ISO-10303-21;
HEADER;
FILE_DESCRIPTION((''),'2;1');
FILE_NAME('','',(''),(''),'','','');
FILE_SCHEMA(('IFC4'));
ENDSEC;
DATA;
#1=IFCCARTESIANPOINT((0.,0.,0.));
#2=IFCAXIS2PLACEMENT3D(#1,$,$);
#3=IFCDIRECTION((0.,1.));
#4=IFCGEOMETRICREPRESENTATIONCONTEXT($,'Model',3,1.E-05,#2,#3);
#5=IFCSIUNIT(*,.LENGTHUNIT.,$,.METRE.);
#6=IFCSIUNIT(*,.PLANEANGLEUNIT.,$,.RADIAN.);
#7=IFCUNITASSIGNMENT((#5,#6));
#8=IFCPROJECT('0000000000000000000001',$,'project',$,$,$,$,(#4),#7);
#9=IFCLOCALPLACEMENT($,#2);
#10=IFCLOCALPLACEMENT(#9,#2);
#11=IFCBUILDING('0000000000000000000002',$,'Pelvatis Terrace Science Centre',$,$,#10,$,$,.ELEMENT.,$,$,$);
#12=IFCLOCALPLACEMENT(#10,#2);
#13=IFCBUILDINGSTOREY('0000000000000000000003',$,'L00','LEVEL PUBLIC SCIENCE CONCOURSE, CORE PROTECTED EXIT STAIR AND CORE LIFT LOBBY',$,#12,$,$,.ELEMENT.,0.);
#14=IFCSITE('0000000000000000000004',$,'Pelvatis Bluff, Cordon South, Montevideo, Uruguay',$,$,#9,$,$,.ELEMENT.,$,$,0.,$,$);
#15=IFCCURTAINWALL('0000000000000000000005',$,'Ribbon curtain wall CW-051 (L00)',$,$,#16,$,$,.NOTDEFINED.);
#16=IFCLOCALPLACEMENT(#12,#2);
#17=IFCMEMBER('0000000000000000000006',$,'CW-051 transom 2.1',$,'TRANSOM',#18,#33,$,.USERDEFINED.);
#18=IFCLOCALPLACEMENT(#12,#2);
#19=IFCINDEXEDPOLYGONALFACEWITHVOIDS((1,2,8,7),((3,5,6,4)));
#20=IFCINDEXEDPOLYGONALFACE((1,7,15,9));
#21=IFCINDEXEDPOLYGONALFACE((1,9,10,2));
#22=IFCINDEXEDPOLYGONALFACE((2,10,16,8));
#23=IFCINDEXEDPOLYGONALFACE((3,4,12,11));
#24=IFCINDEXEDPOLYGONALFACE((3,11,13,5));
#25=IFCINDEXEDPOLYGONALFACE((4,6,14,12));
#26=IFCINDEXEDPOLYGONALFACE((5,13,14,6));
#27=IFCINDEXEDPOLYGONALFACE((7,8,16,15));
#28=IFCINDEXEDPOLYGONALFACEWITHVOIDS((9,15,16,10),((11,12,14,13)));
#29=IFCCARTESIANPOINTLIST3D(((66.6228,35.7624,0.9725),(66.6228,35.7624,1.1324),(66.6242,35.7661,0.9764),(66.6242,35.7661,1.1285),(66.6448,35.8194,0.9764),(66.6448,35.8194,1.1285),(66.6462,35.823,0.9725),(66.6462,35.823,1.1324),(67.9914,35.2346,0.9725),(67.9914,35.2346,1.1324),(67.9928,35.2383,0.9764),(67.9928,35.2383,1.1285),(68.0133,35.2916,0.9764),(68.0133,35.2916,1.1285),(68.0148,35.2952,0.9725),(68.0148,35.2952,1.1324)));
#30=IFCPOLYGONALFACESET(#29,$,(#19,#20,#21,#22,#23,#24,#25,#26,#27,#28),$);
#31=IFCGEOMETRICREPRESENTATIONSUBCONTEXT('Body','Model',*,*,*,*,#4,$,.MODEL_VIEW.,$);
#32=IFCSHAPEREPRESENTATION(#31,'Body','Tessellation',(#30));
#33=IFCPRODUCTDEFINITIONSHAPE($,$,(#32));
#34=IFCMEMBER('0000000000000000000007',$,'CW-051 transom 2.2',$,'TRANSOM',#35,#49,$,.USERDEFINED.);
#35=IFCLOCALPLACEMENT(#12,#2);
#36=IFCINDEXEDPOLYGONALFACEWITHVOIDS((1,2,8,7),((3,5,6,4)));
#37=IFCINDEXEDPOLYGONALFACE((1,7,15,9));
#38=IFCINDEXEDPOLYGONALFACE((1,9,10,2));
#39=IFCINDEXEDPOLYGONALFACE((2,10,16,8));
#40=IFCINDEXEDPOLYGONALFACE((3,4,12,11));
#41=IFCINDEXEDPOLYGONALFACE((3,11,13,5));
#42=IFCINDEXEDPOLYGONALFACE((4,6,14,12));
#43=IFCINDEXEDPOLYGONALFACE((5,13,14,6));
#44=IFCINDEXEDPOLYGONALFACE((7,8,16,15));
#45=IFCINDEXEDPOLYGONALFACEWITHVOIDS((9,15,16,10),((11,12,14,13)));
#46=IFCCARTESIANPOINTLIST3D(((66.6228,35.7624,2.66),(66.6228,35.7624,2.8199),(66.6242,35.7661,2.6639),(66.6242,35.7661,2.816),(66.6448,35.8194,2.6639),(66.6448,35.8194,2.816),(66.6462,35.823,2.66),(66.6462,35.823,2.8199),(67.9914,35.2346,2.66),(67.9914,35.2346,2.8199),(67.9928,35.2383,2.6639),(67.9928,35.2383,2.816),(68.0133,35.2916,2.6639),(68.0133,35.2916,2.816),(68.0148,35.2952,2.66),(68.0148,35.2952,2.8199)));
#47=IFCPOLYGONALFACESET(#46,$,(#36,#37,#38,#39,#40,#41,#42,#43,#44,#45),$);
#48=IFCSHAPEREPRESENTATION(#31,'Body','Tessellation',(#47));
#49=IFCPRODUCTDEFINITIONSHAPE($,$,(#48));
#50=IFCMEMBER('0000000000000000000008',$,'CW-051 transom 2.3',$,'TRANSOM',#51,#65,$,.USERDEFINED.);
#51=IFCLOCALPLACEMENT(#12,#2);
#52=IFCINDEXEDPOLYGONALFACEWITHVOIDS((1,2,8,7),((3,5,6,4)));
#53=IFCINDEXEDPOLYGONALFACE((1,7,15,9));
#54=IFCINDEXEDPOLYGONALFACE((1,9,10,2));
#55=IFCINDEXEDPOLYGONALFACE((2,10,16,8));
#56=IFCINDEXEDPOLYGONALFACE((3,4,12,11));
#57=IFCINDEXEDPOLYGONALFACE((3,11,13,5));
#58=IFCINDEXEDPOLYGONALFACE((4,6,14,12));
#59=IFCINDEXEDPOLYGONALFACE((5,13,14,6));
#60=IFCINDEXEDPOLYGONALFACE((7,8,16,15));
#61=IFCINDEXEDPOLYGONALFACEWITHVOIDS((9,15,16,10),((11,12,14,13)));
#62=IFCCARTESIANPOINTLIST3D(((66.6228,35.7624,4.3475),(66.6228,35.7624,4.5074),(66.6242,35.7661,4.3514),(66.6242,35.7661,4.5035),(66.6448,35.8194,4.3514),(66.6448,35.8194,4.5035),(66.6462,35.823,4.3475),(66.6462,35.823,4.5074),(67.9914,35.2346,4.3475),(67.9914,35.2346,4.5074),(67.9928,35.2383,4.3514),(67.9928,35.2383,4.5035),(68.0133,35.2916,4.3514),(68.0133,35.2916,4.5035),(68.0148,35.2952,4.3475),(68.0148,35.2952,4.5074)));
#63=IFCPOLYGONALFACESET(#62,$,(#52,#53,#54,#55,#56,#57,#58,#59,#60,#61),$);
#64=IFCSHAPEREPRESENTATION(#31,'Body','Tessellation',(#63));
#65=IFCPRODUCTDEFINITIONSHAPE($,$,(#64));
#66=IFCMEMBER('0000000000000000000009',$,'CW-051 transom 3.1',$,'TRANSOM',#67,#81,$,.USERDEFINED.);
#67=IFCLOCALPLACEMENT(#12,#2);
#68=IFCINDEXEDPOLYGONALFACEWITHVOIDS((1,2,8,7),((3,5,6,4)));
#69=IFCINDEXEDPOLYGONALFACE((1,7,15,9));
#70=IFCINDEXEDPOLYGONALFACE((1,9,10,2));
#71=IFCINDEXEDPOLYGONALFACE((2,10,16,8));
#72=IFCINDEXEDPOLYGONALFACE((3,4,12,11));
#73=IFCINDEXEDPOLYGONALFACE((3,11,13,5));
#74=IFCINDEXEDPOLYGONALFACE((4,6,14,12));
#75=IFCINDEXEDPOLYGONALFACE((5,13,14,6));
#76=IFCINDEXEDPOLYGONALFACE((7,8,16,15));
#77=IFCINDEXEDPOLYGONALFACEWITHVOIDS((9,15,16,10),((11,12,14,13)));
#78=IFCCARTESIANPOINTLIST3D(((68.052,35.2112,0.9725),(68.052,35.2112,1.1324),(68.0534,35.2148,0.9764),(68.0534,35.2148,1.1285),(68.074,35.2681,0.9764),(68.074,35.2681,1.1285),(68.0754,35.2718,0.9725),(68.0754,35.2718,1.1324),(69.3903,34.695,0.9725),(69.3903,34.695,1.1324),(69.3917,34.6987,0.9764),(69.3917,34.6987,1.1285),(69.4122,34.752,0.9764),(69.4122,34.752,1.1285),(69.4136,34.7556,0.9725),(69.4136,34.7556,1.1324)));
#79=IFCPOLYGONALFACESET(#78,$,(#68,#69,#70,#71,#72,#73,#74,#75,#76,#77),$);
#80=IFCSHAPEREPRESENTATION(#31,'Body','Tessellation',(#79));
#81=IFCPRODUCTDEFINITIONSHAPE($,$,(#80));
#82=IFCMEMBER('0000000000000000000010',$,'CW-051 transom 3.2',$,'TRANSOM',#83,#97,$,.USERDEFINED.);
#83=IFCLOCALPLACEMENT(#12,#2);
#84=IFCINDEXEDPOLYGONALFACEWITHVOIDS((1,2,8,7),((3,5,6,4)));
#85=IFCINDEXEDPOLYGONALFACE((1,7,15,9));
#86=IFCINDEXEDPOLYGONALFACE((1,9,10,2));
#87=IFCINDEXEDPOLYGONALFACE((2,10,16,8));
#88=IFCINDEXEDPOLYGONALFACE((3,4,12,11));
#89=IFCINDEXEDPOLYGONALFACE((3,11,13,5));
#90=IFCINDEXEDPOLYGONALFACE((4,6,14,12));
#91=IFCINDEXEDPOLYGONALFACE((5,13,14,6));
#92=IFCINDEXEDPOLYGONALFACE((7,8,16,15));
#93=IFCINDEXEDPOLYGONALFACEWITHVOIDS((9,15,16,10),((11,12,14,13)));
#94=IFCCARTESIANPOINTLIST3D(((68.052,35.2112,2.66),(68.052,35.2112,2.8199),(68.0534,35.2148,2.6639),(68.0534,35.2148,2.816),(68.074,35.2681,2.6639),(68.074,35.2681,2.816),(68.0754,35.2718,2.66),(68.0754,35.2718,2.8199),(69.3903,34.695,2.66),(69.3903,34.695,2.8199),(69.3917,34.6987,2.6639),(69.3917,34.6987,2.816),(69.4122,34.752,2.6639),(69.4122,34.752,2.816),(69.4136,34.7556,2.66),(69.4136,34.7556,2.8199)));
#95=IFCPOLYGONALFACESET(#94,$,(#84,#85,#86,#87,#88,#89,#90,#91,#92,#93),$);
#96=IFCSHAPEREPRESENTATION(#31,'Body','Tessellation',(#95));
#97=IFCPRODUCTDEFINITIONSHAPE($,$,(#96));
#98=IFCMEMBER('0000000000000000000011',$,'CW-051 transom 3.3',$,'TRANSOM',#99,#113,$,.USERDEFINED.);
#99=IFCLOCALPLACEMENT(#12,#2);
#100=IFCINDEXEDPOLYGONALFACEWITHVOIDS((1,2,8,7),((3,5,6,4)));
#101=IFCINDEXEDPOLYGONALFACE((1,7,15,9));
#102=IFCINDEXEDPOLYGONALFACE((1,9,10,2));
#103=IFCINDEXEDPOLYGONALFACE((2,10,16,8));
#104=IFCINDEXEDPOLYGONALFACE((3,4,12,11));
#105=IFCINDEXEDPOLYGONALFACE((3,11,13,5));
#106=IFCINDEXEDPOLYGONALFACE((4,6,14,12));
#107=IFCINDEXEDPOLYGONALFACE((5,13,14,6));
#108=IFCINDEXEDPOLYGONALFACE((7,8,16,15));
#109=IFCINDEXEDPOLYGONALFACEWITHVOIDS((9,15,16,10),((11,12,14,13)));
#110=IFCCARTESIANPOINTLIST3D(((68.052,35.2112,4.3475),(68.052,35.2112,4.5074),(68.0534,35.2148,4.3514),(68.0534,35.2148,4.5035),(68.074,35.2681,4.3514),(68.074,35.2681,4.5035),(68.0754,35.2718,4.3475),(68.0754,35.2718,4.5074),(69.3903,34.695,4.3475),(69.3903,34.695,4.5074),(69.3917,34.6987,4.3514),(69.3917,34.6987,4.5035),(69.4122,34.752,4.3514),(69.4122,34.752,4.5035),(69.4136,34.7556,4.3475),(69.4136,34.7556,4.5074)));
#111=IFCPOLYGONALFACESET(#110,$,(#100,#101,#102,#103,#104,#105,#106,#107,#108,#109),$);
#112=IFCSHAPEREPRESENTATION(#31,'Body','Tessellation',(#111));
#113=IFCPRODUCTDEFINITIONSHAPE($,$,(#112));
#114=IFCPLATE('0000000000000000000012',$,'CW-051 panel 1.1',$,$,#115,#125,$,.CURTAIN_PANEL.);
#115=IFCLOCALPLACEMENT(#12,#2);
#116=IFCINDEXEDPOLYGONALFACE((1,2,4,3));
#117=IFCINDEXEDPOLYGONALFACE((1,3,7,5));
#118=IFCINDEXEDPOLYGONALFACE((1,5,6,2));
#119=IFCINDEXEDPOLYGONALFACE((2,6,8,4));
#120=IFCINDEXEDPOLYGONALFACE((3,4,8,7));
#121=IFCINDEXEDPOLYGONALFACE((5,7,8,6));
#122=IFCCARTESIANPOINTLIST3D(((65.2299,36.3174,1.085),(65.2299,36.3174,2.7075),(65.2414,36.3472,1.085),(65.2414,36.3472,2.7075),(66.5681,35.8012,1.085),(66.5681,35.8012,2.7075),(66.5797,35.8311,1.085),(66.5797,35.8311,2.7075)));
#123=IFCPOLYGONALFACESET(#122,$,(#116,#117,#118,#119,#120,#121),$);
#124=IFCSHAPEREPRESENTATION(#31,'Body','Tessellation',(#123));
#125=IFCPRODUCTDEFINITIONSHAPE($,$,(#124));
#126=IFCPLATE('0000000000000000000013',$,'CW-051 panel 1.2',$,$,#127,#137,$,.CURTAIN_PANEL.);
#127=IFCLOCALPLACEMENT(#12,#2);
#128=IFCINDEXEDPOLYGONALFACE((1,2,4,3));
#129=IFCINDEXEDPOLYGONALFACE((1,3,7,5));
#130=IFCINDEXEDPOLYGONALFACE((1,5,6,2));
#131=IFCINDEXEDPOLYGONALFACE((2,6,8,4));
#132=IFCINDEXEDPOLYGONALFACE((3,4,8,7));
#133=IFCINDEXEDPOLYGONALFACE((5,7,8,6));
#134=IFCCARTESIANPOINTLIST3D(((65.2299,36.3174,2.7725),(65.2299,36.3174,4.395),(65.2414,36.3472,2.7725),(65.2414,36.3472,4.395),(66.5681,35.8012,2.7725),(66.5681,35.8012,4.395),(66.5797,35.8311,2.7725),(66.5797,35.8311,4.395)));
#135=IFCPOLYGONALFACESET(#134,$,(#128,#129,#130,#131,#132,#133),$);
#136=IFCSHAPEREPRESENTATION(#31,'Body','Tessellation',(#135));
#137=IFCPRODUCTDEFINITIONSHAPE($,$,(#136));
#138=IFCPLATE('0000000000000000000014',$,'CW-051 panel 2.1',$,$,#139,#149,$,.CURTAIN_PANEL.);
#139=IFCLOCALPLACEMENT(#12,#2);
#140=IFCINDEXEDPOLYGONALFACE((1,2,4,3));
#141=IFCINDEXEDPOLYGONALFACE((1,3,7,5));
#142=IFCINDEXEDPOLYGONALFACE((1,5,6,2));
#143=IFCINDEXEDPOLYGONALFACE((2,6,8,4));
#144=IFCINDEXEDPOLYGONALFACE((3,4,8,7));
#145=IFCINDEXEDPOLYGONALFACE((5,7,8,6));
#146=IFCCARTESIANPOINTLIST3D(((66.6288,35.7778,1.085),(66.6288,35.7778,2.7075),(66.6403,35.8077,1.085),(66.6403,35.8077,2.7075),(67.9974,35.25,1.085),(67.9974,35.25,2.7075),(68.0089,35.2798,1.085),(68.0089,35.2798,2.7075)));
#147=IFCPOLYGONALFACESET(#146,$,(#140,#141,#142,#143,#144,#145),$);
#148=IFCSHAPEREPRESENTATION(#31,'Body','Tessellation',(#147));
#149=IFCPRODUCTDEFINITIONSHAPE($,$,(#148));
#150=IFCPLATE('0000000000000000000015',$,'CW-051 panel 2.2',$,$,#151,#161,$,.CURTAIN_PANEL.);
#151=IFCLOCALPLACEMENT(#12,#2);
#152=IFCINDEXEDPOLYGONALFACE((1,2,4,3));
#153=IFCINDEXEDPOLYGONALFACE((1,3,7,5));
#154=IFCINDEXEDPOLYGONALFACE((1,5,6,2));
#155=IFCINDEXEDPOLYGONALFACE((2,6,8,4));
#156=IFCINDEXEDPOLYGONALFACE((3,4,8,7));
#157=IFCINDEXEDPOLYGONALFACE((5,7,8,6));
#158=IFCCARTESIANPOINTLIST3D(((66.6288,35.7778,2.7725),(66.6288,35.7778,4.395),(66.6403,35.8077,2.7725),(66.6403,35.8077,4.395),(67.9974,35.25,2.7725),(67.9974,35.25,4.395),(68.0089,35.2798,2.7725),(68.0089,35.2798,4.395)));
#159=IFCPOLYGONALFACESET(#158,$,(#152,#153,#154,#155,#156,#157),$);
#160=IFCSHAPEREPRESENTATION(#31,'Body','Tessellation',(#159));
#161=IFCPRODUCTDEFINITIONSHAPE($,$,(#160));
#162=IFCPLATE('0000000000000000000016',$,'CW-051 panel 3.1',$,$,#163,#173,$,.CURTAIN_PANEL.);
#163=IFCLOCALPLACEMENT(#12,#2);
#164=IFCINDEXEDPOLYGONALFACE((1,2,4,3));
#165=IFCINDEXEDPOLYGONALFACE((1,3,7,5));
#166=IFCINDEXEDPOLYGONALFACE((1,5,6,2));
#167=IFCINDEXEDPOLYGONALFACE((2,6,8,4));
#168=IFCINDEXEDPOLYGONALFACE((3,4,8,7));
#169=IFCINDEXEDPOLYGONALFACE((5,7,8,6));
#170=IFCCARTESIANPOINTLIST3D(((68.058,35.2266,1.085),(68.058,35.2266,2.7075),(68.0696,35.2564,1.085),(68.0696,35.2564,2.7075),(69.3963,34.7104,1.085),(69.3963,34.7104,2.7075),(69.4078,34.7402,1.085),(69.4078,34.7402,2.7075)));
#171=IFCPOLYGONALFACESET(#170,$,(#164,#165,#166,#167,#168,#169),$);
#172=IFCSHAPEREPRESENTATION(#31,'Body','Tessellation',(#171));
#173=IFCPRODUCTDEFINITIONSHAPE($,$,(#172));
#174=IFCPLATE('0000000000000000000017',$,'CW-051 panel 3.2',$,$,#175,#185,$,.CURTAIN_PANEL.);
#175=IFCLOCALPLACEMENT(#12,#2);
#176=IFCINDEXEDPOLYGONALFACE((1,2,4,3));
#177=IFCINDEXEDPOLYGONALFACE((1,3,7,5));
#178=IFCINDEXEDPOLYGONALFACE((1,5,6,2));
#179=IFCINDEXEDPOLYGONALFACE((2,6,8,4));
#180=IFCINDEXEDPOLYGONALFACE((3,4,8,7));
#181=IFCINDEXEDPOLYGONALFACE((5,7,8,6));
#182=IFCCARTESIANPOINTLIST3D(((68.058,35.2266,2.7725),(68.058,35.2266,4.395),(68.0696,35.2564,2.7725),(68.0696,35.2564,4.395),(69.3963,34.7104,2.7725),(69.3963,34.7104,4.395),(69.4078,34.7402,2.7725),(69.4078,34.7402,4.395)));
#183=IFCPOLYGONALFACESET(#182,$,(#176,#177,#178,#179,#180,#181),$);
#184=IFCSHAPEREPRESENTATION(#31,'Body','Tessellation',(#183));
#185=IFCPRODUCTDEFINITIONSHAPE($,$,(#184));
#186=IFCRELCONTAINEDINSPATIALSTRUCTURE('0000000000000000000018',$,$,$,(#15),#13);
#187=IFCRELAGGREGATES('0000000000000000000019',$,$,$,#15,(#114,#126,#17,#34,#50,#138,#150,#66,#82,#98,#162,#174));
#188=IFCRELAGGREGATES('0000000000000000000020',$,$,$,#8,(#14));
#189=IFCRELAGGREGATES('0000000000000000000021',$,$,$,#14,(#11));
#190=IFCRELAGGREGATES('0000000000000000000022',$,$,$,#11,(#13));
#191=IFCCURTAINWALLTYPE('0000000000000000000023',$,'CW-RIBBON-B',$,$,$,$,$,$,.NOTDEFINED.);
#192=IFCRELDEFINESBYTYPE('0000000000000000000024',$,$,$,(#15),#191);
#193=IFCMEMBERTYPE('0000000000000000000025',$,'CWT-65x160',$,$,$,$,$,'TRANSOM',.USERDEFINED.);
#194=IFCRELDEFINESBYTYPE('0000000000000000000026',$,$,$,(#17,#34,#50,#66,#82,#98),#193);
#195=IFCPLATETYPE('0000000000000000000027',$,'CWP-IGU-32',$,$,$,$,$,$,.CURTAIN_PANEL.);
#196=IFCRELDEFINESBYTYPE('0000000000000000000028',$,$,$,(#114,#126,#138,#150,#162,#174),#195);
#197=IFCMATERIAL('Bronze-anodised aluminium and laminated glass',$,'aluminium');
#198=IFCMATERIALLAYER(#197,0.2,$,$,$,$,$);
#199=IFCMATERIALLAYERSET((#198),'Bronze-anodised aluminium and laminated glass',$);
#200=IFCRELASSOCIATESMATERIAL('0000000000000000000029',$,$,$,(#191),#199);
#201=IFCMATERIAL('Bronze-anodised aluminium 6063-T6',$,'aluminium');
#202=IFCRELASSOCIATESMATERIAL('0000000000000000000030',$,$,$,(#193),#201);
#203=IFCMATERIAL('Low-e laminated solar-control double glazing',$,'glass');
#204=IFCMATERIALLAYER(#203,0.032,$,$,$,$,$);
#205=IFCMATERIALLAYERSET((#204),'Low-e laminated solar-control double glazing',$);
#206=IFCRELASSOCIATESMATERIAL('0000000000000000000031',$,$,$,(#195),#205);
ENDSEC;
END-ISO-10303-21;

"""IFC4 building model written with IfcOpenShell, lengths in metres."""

from ifc_helpers import new_model, si_unit, direction, frame, origin, origin_2d, place, context, subcontext, project, spatial, rectangle, hollow_rectangle, extrude, material, layer, layer_set, material_profile, profile_set, type_object, element, aggregate, save


model = new_model("IFC4")

# Units and contexts
model_context = context("Model", 3, precision=1e-05, world=origin(), true_north=direction((0.0, 1.0)))
body_context = subcontext(model_context, "Body", "Model", "MODEL_VIEW")
ifc_project = project(units=[si_unit("LENGTHUNIT", "METRE"), si_unit("PLANEANGLEUNIT", "RADIAN")], contexts=[model_context])

# Site, building, storey
site_placement = place(None, origin())
site = spatial("IfcSite", under=ifc_project, at=site_placement, Name="Pelvatis Bluff, Cordon South, Montevideo, Uruguay", CompositionType="ELEMENT", RefElevation=0.0)
building_placement = place(site_placement, origin())
building = spatial("IfcBuilding", under=site, at=building_placement, Name="Pelvatis Terrace Science Centre", CompositionType="ELEMENT")
storey_placement = place(building_placement, origin())
storey = spatial("IfcBuildingStorey", under=building, at=storey_placement, Name="L00", Description="LEVEL PUBLIC SCIENCE CONCOURSE, CORE PROTECTED EXIT STAIR AND CORE LIFT LOBBY", CompositionType="ELEMENT", Elevation=0.0)

# Curtain wall, members, plates
ifc_material_1 = material(Name="Bronze-anodised aluminium and laminated glass", Category="aluminium")
ifc_layer_1 = layer(ifc_material_1, 0.2)
ifc_layer_set_1 = layer_set([ifc_layer_1], Name="Bronze-anodised aluminium and laminated glass")
curtain_wall_type_1 = type_object("IfcCurtainWallType", Name="CW-RIBBON-B", PredefinedType="NOTDEFINED", material=ifc_layer_set_1)
curtain_wall_1_placement = place(storey_placement, origin())
curtain_wall_1 = element("IfcCurtainWall", 1, at=curtain_wall_1_placement, inside=storey, type_object=curtain_wall_type_1, Name="Ribbon curtain wall CW-051 (L00)", PredefinedType="NOTDEFINED")
ifc_material_2 = material(Name="Bronze-anodised aluminium 6063-T6", Category="aluminium")
ifc_material_profile_1 = material_profile(ifc_material_2, hollow_rectangle(XDim=0.0649, YDim=0.1599, WallThickness=0.0039, at=origin_2d()), Name="ALU-TRN 65x160")
ifc_profile_set_1 = profile_set([ifc_material_profile_1], Name="Bronze-anodised aluminium 6063-T6")
member_type_1 = type_object("IfcMemberType", Name="CWT-65x160", ElementType="TRANSOM", PredefinedType="USERDEFINED", material=ifc_profile_set_1)
member_1_placement = place(storey_placement, frame((66.6345, 35.7927, 1.0525), z_axis=(0.933019, -0.359827, 0.0), x_axis=(0.359827, 0.933019, 0.0)))
member_1 = element("IfcMember", 2, at=member_1_placement, type_object=member_type_1, Name="CW-051 transom 2.1", ObjectType="TRANSOM", PredefinedType="USERDEFINED", context=body_context, shape_type="SweptSolid", body=[
    extrude(hollow_rectangle(XDim=0.0649, YDim=0.1599, WallThickness=0.0039, at=origin_2d()), origin(), (0.0, 0.0, 1.0), 1.4668),
])
member_2_placement = place(storey_placement, frame((66.6345, 35.7927, 2.74), z_axis=(0.933019, -0.359827, 0.0), x_axis=(0.359827, 0.933019, 0.0)))
member_2 = element("IfcMember", 3, at=member_2_placement, type_object=member_type_1, Name="CW-051 transom 2.2", ObjectType="TRANSOM", PredefinedType="USERDEFINED", context=body_context, shape_type="SweptSolid", body=[
    extrude(hollow_rectangle(XDim=0.0649, YDim=0.1599, WallThickness=0.0039, at=origin_2d()), origin(), (0.0, 0.0, 1.0), 1.4668),
])
member_3_placement = place(storey_placement, frame((66.6345, 35.7927, 4.4275), z_axis=(0.933019, -0.359827, 0.0), x_axis=(0.359827, 0.933019, 0.0)))
member_3 = element("IfcMember", 4, at=member_3_placement, type_object=member_type_1, Name="CW-051 transom 2.3", ObjectType="TRANSOM", PredefinedType="USERDEFINED", context=body_context, shape_type="SweptSolid", body=[
    extrude(hollow_rectangle(XDim=0.0649, YDim=0.1599, WallThickness=0.0039, at=origin_2d()), origin(), (0.0, 0.0, 1.0), 1.4668),
])
member_4_placement = place(storey_placement, frame((68.0637, 35.2415, 1.0525), z_axis=(0.933007, -0.359857, 0.0), x_axis=(0.359857, 0.933007, 0.0)))
member_4 = element("IfcMember", 5, at=member_4_placement, type_object=member_type_1, Name="CW-051 transom 3.1", ObjectType="TRANSOM", PredefinedType="USERDEFINED", context=body_context, shape_type="SweptSolid", body=[
    extrude(hollow_rectangle(XDim=0.0649, YDim=0.1599, WallThickness=0.0039, at=origin_2d()), origin(), (0.0, 0.0, 1.0), 1.4343),
])
member_5_placement = place(storey_placement, frame((68.0637, 35.2415, 2.74), z_axis=(0.933007, -0.359857, 0.0), x_axis=(0.359857, 0.933007, 0.0)))
member_5 = element("IfcMember", 6, at=member_5_placement, type_object=member_type_1, Name="CW-051 transom 3.2", ObjectType="TRANSOM", PredefinedType="USERDEFINED", context=body_context, shape_type="SweptSolid", body=[
    extrude(hollow_rectangle(XDim=0.0649, YDim=0.1599, WallThickness=0.0039, at=origin_2d()), origin(), (0.0, 0.0, 1.0), 1.4343),
])
member_6_placement = place(storey_placement, frame((68.0637, 35.2415, 4.4275), z_axis=(0.933007, -0.359857, 0.0), x_axis=(0.359857, 0.933007, 0.0)))
member_6 = element("IfcMember", 7, at=member_6_placement, type_object=member_type_1, Name="CW-051 transom 3.3", ObjectType="TRANSOM", PredefinedType="USERDEFINED", context=body_context, shape_type="SweptSolid", body=[
    extrude(hollow_rectangle(XDim=0.0649, YDim=0.1599, WallThickness=0.0039, at=origin_2d()), origin(), (0.0, 0.0, 1.0), 1.4343),
])
ifc_material_3 = material(Name="Low-e laminated solar-control double glazing", Category="glass")
ifc_layer_2 = layer(ifc_material_3, 0.032)
ifc_layer_set_2 = layer_set([ifc_layer_2], Name="Low-e laminated solar-control double glazing")
plate_type = type_object("IfcPlateType", Name="CWP-IGU-32", PredefinedType="CURTAIN_PANEL", material=ifc_layer_set_2)
plate_1_placement = place(storey_placement, frame((65.9048, 36.0742, 1.085), z_axis=(0.0, 0.0, 1.0), x_axis=(0.933001, -0.359874, 0.0)))
plate_1 = element("IfcPlate", 8, at=plate_1_placement, type_object=plate_type, Name="CW-051 panel 1.1", PredefinedType="CURTAIN_PANEL", context=body_context, shape_type="SweptSolid", body=[
    extrude(rectangle(XDim=1.4343, YDim=0.032, at=origin_2d()), origin(), (0.0, 0.0, 1.0), 1.6226),
])
plate_2_placement = place(storey_placement, frame((65.9048, 36.0742, 2.7725), z_axis=(0.0, 0.0, 1.0), x_axis=(0.933001, -0.359874, 0.0)))
plate_2 = element("IfcPlate", 9, at=plate_2_placement, type_object=plate_type, Name="CW-051 panel 1.2", PredefinedType="CURTAIN_PANEL", context=body_context, shape_type="SweptSolid", body=[
    extrude(rectangle(XDim=1.4343, YDim=0.032, at=origin_2d()), origin(), (0.0, 0.0, 1.0), 1.6226),
])
plate_3_placement = place(storey_placement, frame((67.3188, 35.5288, 1.085), z_axis=(0.0, 0.0, 1.0), x_axis=(0.933001, -0.359874, 0.0)))
plate_3 = element("IfcPlate", 10, at=plate_3_placement, type_object=plate_type, Name="CW-051 panel 2.1", PredefinedType="CURTAIN_PANEL", context=body_context, shape_type="SweptSolid", body=[
    extrude(rectangle(XDim=1.4668, YDim=0.032, at=origin_2d()), origin(), (0.0, 0.0, 1.0), 1.6226),
])
plate_4_placement = place(storey_placement, frame((67.3188, 35.5288, 2.7725), z_axis=(0.0, 0.0, 1.0), x_axis=(0.933001, -0.359874, 0.0)))
plate_4 = element("IfcPlate", 11, at=plate_4_placement, type_object=plate_type, Name="CW-051 panel 2.2", PredefinedType="CURTAIN_PANEL", context=body_context, shape_type="SweptSolid", body=[
    extrude(rectangle(XDim=1.4668, YDim=0.032, at=origin_2d()), origin(), (0.0, 0.0, 1.0), 1.6226),
])
plate_5_placement = place(storey_placement, frame((68.7329, 34.9834, 1.085), z_axis=(0.0, 0.0, 1.0), x_axis=(0.933001, -0.359874, 0.0)))
plate_5 = element("IfcPlate", 12, at=plate_5_placement, type_object=plate_type, Name="CW-051 panel 3.1", PredefinedType="CURTAIN_PANEL", context=body_context, shape_type="SweptSolid", body=[
    extrude(rectangle(XDim=1.4343, YDim=0.032, at=origin_2d()), origin(), (0.0, 0.0, 1.0), 1.6226),
])
plate_6_placement = place(storey_placement, frame((68.7329, 34.9834, 2.7725), z_axis=(0.0, 0.0, 1.0), x_axis=(0.933001, -0.359874, 0.0)))
plate_6 = element("IfcPlate", 13, at=plate_6_placement, type_object=plate_type, Name="CW-051 panel 3.2", PredefinedType="CURTAIN_PANEL", context=body_context, shape_type="SweptSolid", body=[
    extrude(rectangle(XDim=1.4343, YDim=0.032, at=origin_2d()), origin(), (0.0, 0.0, 1.0), 1.6226),
])
aggregate(curtain_wall_1, [plate_1, plate_2, member_1, member_2, member_3, plate_3, plate_4, member_4, member_5, member_6, plate_5, plate_6])

save(model, "model.ifc")
